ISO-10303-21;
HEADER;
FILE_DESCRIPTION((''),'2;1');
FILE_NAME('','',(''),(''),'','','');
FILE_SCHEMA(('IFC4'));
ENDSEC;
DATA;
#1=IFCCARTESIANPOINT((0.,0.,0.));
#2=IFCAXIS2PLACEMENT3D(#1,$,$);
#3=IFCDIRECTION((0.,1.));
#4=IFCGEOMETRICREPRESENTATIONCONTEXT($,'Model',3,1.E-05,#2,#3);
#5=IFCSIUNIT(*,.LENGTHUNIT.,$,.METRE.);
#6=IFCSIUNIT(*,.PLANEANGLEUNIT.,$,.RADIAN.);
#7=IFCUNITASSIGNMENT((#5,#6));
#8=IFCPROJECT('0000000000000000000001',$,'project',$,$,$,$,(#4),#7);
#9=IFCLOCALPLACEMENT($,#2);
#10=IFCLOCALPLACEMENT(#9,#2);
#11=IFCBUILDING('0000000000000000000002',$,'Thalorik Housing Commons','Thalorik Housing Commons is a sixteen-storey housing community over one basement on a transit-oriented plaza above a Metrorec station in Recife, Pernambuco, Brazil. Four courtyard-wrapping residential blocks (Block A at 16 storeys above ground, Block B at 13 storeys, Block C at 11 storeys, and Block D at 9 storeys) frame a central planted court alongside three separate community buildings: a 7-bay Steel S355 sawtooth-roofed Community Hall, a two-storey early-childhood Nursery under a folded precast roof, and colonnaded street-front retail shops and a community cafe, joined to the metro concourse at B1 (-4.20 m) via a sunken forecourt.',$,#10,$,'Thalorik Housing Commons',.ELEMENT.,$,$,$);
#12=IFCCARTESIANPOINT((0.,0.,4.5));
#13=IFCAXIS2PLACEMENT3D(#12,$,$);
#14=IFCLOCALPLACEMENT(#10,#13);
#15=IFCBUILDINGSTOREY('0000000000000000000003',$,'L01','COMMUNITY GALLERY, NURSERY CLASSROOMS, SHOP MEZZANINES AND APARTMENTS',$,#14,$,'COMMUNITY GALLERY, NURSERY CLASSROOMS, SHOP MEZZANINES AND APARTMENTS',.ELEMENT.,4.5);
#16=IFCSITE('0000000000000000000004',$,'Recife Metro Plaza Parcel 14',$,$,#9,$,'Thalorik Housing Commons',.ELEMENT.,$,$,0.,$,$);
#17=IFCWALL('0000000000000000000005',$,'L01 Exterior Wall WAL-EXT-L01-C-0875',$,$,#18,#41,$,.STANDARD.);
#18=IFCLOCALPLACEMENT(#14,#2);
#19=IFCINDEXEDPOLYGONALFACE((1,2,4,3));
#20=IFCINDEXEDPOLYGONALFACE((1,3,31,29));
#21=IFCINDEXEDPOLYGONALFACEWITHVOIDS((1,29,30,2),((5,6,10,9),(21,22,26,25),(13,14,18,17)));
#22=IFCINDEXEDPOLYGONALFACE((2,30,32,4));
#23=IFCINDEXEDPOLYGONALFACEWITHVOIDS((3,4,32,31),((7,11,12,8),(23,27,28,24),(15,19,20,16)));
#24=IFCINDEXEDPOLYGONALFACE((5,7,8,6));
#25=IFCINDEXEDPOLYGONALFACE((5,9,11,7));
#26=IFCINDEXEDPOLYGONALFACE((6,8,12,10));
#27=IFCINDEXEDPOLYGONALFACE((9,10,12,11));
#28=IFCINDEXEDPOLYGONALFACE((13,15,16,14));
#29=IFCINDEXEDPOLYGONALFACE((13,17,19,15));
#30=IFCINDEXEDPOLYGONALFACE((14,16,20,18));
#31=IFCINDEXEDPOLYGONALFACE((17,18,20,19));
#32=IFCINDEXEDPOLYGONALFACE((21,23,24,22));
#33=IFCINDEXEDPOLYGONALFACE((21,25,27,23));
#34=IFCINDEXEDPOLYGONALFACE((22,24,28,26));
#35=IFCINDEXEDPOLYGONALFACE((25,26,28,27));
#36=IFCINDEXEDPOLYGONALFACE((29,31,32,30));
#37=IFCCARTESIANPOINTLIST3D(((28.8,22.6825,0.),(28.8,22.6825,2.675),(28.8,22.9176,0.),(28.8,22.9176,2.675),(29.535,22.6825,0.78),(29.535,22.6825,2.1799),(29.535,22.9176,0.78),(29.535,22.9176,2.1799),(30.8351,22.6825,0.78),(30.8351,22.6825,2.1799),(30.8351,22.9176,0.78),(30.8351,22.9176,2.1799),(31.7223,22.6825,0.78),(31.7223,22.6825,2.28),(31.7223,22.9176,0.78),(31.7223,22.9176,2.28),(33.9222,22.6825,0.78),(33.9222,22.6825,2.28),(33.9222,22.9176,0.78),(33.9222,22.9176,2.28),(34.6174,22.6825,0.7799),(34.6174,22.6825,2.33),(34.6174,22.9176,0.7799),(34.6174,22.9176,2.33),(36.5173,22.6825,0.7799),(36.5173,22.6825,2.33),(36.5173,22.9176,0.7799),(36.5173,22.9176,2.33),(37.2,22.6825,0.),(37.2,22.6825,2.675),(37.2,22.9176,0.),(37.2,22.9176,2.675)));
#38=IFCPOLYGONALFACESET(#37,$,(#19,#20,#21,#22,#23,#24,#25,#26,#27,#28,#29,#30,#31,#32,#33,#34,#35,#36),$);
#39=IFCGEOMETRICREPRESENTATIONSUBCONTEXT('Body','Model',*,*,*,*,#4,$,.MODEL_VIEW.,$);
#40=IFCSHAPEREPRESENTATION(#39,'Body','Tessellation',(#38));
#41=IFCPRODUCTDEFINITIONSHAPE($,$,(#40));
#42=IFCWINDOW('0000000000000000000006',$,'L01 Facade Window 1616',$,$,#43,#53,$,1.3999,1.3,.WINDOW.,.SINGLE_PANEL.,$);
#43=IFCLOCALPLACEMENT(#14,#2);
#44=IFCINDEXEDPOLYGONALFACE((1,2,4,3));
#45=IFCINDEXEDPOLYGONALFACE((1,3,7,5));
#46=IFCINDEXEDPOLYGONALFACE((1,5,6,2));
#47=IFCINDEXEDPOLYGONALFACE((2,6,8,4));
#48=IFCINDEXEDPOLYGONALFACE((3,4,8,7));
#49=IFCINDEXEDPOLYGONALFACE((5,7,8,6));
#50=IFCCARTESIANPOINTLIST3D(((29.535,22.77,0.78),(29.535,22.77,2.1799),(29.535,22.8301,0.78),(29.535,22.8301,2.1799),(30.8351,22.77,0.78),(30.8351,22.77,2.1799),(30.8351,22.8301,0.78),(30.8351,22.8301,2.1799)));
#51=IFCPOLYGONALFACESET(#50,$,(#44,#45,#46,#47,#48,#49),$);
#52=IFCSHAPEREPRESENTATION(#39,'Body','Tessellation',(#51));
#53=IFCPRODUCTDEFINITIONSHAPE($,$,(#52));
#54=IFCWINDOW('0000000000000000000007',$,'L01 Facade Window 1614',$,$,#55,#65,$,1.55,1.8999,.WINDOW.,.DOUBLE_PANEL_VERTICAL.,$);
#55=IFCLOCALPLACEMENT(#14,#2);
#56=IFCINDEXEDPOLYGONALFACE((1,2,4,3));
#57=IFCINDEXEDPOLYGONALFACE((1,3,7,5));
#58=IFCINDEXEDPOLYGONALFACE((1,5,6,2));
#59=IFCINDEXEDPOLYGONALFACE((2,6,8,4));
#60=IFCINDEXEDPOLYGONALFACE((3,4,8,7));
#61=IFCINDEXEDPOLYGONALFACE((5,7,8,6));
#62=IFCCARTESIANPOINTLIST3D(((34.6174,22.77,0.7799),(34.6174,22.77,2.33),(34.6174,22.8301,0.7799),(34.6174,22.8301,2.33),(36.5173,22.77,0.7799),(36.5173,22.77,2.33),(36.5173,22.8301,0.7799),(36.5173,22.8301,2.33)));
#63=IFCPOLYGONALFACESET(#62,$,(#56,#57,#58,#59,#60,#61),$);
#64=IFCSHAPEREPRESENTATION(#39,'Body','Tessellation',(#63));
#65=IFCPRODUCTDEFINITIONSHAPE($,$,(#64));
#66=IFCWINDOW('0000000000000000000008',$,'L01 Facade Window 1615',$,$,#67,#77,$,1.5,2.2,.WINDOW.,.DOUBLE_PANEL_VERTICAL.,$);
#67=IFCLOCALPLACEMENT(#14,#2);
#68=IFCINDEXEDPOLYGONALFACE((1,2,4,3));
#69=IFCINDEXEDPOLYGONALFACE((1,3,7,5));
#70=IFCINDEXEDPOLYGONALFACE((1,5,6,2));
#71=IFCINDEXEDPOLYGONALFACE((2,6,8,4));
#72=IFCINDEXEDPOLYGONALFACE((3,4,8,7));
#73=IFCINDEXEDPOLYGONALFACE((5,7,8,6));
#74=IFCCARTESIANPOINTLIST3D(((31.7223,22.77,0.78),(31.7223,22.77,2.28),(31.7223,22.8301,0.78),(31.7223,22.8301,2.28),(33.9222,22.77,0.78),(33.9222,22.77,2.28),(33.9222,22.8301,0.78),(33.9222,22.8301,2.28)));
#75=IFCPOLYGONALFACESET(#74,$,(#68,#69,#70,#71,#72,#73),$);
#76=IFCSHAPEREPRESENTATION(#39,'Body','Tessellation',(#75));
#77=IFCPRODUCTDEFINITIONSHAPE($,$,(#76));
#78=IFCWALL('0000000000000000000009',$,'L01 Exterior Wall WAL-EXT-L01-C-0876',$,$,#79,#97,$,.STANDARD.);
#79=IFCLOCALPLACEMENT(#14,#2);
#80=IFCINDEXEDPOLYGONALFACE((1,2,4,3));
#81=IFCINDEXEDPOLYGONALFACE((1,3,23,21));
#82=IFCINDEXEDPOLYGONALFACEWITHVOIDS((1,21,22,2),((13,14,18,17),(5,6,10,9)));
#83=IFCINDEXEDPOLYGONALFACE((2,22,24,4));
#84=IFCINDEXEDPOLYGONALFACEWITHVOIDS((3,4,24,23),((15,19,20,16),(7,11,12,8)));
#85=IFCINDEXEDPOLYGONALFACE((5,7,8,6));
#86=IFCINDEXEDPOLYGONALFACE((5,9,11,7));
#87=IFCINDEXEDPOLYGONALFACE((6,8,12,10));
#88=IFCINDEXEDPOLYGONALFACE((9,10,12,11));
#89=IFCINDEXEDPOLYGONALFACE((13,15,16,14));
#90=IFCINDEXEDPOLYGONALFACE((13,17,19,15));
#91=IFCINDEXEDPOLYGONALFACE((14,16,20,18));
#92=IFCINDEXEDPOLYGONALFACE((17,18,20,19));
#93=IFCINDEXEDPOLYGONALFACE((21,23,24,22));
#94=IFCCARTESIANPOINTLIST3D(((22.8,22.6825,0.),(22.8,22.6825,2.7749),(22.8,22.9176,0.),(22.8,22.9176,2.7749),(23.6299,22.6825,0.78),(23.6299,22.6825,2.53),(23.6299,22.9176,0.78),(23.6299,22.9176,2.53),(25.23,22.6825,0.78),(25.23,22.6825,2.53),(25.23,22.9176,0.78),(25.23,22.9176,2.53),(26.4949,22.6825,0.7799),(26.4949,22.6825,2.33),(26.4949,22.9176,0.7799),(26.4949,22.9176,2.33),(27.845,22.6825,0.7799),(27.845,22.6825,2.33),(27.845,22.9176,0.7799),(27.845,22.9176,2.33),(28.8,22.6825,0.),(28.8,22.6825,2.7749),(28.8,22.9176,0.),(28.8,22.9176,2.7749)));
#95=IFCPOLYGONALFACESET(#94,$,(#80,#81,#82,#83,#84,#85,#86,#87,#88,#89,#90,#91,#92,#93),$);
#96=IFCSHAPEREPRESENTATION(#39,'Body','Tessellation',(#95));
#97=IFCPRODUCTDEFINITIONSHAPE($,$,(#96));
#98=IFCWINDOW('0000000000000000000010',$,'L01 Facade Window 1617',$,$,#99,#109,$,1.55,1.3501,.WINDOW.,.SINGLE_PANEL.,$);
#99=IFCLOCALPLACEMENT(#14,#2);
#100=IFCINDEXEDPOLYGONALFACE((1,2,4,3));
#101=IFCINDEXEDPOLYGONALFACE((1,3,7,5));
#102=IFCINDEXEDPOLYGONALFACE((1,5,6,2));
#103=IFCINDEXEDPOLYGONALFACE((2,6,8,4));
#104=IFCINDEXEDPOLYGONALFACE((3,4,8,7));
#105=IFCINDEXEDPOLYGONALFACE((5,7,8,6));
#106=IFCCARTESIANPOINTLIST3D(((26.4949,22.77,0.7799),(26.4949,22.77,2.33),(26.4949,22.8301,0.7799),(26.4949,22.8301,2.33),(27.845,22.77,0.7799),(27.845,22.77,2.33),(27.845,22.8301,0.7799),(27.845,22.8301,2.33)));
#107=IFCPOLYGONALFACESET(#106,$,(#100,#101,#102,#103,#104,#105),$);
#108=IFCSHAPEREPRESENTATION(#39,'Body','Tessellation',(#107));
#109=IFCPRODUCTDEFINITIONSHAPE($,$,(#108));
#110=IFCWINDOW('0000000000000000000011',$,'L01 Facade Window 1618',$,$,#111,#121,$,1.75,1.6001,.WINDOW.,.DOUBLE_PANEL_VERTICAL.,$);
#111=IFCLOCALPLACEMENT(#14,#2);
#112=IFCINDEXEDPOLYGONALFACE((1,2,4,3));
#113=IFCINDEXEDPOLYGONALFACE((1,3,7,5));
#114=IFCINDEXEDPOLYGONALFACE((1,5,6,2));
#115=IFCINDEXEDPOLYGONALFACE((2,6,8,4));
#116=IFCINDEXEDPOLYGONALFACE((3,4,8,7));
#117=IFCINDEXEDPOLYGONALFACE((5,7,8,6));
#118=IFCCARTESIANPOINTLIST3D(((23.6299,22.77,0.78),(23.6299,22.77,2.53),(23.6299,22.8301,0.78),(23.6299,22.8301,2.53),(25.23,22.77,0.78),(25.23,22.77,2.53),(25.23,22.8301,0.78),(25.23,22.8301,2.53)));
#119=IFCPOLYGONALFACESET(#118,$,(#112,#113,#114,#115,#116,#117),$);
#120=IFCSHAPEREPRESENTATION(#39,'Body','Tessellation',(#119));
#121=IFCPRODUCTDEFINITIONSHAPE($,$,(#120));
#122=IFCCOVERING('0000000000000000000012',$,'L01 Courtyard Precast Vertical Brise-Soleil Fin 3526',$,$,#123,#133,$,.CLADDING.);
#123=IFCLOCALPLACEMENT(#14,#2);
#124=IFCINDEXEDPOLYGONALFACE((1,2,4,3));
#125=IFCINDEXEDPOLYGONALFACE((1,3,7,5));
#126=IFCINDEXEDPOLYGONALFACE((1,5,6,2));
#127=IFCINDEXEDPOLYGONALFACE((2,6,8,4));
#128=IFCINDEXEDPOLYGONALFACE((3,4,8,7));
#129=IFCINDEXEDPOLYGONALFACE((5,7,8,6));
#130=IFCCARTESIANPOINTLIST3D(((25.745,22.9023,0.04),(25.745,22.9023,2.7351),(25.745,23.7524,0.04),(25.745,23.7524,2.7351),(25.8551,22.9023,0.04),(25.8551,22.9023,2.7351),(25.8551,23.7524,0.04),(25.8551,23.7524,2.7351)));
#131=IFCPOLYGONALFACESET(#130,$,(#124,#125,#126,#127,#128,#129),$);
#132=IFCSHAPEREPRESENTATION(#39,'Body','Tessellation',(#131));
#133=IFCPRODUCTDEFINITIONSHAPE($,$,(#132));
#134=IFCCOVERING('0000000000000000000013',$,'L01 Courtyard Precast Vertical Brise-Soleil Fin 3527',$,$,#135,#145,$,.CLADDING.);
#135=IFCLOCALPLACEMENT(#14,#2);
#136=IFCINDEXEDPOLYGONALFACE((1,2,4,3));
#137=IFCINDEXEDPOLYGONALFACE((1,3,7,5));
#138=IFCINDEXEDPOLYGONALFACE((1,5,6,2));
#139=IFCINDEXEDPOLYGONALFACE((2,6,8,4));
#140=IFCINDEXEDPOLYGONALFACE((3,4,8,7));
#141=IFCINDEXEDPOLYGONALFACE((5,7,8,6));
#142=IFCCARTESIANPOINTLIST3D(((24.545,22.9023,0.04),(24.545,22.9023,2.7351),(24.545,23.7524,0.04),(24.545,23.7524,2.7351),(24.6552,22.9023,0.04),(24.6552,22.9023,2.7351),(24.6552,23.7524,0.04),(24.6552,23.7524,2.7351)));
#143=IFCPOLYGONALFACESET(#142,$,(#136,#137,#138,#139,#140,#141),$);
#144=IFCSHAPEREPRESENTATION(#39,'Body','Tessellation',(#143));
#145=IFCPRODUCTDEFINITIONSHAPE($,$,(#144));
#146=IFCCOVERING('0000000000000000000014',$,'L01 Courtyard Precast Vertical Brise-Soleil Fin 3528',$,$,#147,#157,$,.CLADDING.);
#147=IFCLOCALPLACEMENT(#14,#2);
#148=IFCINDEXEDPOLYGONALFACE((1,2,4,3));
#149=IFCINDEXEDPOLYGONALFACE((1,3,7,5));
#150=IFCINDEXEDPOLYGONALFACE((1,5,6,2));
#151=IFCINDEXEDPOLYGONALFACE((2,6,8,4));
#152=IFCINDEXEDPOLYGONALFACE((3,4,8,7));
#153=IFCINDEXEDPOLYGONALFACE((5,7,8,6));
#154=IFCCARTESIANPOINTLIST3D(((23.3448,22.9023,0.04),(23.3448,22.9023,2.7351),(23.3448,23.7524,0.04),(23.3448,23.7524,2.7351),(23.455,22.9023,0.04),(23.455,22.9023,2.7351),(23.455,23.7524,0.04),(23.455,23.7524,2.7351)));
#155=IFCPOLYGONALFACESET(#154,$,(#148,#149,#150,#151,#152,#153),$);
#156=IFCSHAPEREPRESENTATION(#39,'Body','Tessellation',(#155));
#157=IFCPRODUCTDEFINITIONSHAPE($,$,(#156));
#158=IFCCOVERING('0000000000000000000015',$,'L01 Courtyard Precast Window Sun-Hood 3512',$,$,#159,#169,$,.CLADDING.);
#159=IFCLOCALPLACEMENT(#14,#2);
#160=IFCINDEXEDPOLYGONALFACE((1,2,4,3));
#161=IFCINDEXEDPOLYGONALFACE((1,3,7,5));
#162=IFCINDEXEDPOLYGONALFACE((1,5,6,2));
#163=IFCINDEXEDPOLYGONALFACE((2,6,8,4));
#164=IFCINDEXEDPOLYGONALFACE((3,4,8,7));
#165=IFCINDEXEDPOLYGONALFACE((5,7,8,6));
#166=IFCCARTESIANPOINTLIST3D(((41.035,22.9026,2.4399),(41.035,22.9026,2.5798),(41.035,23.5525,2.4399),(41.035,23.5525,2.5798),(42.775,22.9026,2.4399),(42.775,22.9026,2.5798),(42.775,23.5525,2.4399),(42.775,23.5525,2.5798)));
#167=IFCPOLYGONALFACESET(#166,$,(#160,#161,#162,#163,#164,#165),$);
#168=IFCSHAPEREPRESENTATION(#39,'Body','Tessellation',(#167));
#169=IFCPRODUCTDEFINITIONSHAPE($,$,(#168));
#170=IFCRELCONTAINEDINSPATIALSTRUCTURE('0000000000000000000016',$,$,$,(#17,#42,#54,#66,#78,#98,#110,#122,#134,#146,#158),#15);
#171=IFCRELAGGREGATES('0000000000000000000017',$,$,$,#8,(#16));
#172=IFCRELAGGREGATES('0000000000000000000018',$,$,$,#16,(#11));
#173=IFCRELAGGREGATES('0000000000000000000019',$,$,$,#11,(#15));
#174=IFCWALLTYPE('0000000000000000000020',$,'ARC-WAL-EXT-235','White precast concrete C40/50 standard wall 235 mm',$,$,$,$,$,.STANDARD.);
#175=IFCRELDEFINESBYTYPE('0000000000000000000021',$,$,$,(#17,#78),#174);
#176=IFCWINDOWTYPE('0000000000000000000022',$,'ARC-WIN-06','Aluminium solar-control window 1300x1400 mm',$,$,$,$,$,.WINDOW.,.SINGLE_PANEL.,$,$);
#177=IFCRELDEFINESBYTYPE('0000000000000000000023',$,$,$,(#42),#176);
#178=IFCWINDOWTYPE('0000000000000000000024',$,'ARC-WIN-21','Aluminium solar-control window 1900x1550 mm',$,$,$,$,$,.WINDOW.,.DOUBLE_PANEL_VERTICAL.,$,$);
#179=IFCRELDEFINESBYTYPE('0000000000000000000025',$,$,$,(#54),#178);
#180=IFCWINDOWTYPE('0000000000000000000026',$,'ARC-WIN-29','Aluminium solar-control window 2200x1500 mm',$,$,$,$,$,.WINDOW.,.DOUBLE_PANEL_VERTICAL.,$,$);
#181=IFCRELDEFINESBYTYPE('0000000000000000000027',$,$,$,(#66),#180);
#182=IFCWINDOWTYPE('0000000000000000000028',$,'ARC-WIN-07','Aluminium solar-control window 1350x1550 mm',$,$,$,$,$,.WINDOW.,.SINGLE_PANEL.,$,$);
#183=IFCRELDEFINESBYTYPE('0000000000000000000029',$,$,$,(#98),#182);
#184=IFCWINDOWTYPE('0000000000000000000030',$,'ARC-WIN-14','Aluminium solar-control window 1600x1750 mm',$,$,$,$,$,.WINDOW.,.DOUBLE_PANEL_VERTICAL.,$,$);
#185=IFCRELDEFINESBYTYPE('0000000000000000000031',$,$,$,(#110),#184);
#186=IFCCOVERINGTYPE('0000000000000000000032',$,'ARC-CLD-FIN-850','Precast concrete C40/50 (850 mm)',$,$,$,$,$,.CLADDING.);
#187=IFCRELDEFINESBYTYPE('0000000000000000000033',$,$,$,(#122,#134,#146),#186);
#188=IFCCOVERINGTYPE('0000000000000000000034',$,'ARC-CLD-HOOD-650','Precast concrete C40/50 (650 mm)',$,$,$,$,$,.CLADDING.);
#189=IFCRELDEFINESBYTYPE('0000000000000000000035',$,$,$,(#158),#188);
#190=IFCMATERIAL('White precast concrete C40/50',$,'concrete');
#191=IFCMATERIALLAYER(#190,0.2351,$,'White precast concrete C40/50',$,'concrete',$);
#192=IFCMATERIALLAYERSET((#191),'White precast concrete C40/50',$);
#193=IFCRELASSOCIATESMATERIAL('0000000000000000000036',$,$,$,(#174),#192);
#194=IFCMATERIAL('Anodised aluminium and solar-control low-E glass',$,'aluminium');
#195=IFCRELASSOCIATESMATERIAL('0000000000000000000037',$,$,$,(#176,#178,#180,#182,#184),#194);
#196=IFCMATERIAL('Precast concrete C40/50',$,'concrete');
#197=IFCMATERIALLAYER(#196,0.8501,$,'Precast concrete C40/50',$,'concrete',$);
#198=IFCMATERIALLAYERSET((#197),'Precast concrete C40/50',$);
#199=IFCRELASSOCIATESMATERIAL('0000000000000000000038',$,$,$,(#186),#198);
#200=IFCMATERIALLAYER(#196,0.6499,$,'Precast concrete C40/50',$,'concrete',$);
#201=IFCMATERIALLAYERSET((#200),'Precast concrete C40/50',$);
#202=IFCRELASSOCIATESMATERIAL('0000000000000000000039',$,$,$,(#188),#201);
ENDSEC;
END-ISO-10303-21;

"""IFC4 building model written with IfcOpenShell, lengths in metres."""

from ifc_helpers import new_model, si_unit, direction, frame, frame_2d, origin, origin_2d, place, context, subcontext, project, spatial, rectangle, extrude, material, layer, layer_set, type_object, element, fill, save


model = new_model("IFC4")

# Units and contexts
model_context = context("Model", 3, precision=1e-05, world=origin(), true_north=direction((0.0, 1.0)))
body_context = subcontext(model_context, "Body", "Model", "MODEL_VIEW")
ifc_project = project(units=[si_unit("LENGTHUNIT", "METRE"), si_unit("PLANEANGLEUNIT", "RADIAN")], contexts=[model_context])

# Site, building, storey
site_placement = place(None, origin())
site = spatial("IfcSite", under=ifc_project, at=site_placement, Name="Recife Metro Plaza Parcel 14", LongName="Thalorik Housing Commons", CompositionType="ELEMENT", RefElevation=0.0)
building_placement = place(site_placement, origin())
building = spatial("IfcBuilding", under=site, at=building_placement, Name="Thalorik Housing Commons", Description="Thalorik Housing Commons is a sixteen-storey housing community over one basement on a transit-oriented plaza above a Metrorec station in Recife, Pernambuco, Brazil. Four courtyard-wrapping residential blocks (Block A at 16 storeys above ground, Block B at 13 storeys, Block C at 11 storeys, and Block D at 9 storeys) frame a central planted court alongside three separate community buildings: a 7-bay Steel S355 sawtooth-roofed Community Hall, a two-storey early-childhood Nursery under a folded precast roof, and colonnaded street-front retail shops and a community cafe, joined to the metro concourse at B1 (-4.20 m) via a sunken forecourt.", LongName="Thalorik Housing Commons", CompositionType="ELEMENT")
storey_placement = place(building_placement, frame((0.0, 0.0, 4.5)))
storey = spatial("IfcBuildingStorey", under=building, at=storey_placement, Name="L01", Description="COMMUNITY GALLERY, NURSERY CLASSROOMS, SHOP MEZZANINES AND APARTMENTS", LongName="COMMUNITY GALLERY, NURSERY CLASSROOMS, SHOP MEZZANINES AND APARTMENTS", CompositionType="ELEMENT", Elevation=4.5)

# Shared definitions
ifc_material_1 = material(Name="Precast concrete C40/50", Category="concrete")

# Walls, openings, windows
ifc_material_2 = material(Name="White precast concrete C40/50", Category="concrete")
ifc_layer_1 = layer(ifc_material_2, 0.2351, Name="White precast concrete C40/50", Category="concrete")
ifc_layer_set_1 = layer_set([ifc_layer_1], Name="White precast concrete C40/50")
wall_type = type_object("IfcWallType", Name="ARC-WAL-EXT-235", Description="White precast concrete C40/50 standard wall 235 mm", PredefinedType="STANDARD", material=ifc_layer_set_1)
ifc_material_3 = material(Name="Anodised aluminium and solar-control low-E glass", Category="aluminium")
wall_1_placement = place(storey_placement, frame((37.2, 22.8, 0.0), z_axis=(0.0, 0.0, 1.0), x_axis=(-1.0, 0.0, 0.0)))
wall_1 = element("IfcWall", 1, at=wall_1_placement, inside=storey, type_object=wall_type, Name="L01 Exterior Wall WAL-EXT-L01-C-0875", PredefinedType="STANDARD", context=body_context, shape_type="SweptSolid", body=[
    extrude(rectangle(XDim=8.3999, YDim=0.2351, at=frame_2d((4.2, 0.0))), origin(), (0.0, 0.0, 1.0), 2.675),
])
opening_1_placement = place(wall_1_placement, frame((0.6826, 0.0, 0.78)))
opening_1 = element("IfcOpeningElement", 2, at=opening_1_placement, cuts=wall_1, PredefinedType="OPENING", context=body_context, shape_type="SweptSolid", body=[
    extrude(rectangle(XDim=1.8999, YDim=1.55, at=frame_2d((0.95, 0.7749))), frame((0.0, 0.1274, 0.0), z_axis=(0.0, -1.0, 0.0), x_axis=(1.0, 0.0, 0.0)), (0.0, 0.0, 1.0), 0.2551),
])
opening_2_placement = place(wall_1_placement, frame((3.2776, 0.0, 0.78)))
opening_2 = element("IfcOpeningElement", 3, at=opening_2_placement, cuts=wall_1, PredefinedType="OPENING", context=body_context, shape_type="SweptSolid", body=[
    extrude(rectangle(XDim=2.2, YDim=1.5, at=frame_2d((1.1001, 0.75))), frame((0.0, 0.1274, 0.0), z_axis=(0.0, -1.0, 0.0), x_axis=(1.0, 0.0, 0.0)), (0.0, 0.0, 1.0), 0.2551),
])
opening_3_placement = place(wall_1_placement, frame((6.365, 0.0, 0.78)))
opening_3 = element("IfcOpeningElement", 4, at=opening_3_placement, cuts=wall_1, PredefinedType="OPENING", context=body_context, shape_type="SweptSolid", body=[
    extrude(rectangle(XDim=1.3, YDim=1.3999, at=frame_2d((0.6499, 0.7))), frame((0.0, 0.1274, 0.0), z_axis=(0.0, -1.0, 0.0), x_axis=(1.0, 0.0, 0.0)), (0.0, 0.0, 1.0), 0.2551),
])
window_type_1 = type_object("IfcWindowType", Name="ARC-WIN-06", Description="Aluminium solar-control window 1300x1400 mm", PartitioningType="SINGLE_PANEL", PredefinedType="WINDOW", material=ifc_material_3)
window_1_placement = place(opening_3_placement, origin())
window_1 = element("IfcWindow", 5, at=window_1_placement, inside=storey, type_object=window_type_1, Name="L01 Facade Window 1616", OverallHeight=1.3999, OverallWidth=1.3, PartitioningType="SINGLE_PANEL", PredefinedType="WINDOW", context=body_context, shape_type="SweptSolid", body=[
    extrude(rectangle(XDim=1.3, YDim=1.3999, at=frame_2d((0.6499, 0.7))), frame((0.0, 0.03, 0.0), z_axis=(0.0, -1.0, 0.0), x_axis=(1.0, 0.0, 0.0)), (0.0, 0.0, 1.0), 0.0601),
])
fill(opening_3, window_1)
window_type_2 = type_object("IfcWindowType", Name="ARC-WIN-21", Description="Aluminium solar-control window 1900x1550 mm", PartitioningType="DOUBLE_PANEL_VERTICAL", PredefinedType="WINDOW", material=ifc_material_3)
window_2_placement = place(opening_1_placement, origin())
window_2 = element("IfcWindow", 6, at=window_2_placement, inside=storey, type_object=window_type_2, Name="L01 Facade Window 1614", OverallHeight=1.55, OverallWidth=1.8999, PartitioningType="DOUBLE_PANEL_VERTICAL", PredefinedType="WINDOW", context=body_context, shape_type="SweptSolid", body=[
    extrude(rectangle(XDim=1.8999, YDim=1.55, at=frame_2d((0.95, 0.7749))), frame((0.0, 0.03, 0.0), z_axis=(0.0, -1.0, 0.0), x_axis=(1.0, 0.0, 0.0)), (0.0, 0.0, 1.0), 0.0601),
])
fill(opening_1, window_2)
window_type_3 = type_object("IfcWindowType", Name="ARC-WIN-29", Description="Aluminium solar-control window 2200x1500 mm", PartitioningType="DOUBLE_PANEL_VERTICAL", PredefinedType="WINDOW", material=ifc_material_3)
window_3_placement = place(opening_2_placement, origin())
window_3 = element("IfcWindow", 7, at=window_3_placement, inside=storey, type_object=window_type_3, Name="L01 Facade Window 1615", OverallHeight=1.5, OverallWidth=2.2, PartitioningType="DOUBLE_PANEL_VERTICAL", PredefinedType="WINDOW", context=body_context, shape_type="SweptSolid", body=[
    extrude(rectangle(XDim=2.2, YDim=1.5, at=frame_2d((1.1001, 0.75))), frame((0.0, 0.03, 0.0), z_axis=(0.0, -1.0, 0.0), x_axis=(1.0, 0.0, 0.0)), (0.0, 0.0, 1.0), 0.0601),
])
fill(opening_2, window_3)
wall_2_placement = place(storey_placement, frame((28.8, 22.8, 0.0), z_axis=(0.0, 0.0, 1.0), x_axis=(-1.0, 0.0, 0.0)))
wall_2 = element("IfcWall", 8, at=wall_2_placement, inside=storey, type_object=wall_type, Name="L01 Exterior Wall WAL-EXT-L01-C-0876", PredefinedType="STANDARD", context=body_context, shape_type="SweptSolid", body=[
    extrude(rectangle(XDim=6.0, YDim=0.2351, at=frame_2d((3.0, 0.0))), origin(), (0.0, 0.0, 1.0), 2.7749),
])
opening_4_placement = place(wall_2_placement, frame((0.9551, 0.0, 0.78)))
opening_4 = element("IfcOpeningElement", 9, at=opening_4_placement, cuts=wall_2, PredefinedType="OPENING", context=body_context, shape_type="SweptSolid", body=[
    extrude(rectangle(XDim=1.3501, YDim=1.55, at=frame_2d((0.675, 0.7749))), frame((0.0, 0.1274, 0.0), z_axis=(0.0, -1.0, 0.0), x_axis=(1.0, 0.0, 0.0)), (0.0, 0.0, 1.0), 0.2551),
])
opening_5_placement = place(wall_2_placement, frame((3.5701, 0.0, 0.78)))
opening_5 = element("IfcOpeningElement", 10, at=opening_5_placement, cuts=wall_2, PredefinedType="OPENING", context=body_context, shape_type="SweptSolid", body=[
    extrude(rectangle(XDim=1.6001, YDim=1.75, at=frame_2d((0.8, 0.875))), frame((0.0, 0.1274, 0.0), z_axis=(0.0, -1.0, 0.0), x_axis=(1.0, 0.0, 0.0)), (0.0, 0.0, 1.0), 0.2551),
])
window_type_4 = type_object("IfcWindowType", Name="ARC-WIN-07", Description="Aluminium solar-control window 1350x1550 mm", PartitioningType="SINGLE_PANEL", PredefinedType="WINDOW", material=ifc_material_3)
window_4_placement = place(opening_4_placement, origin())
window_4 = element("IfcWindow", 11, at=window_4_placement, inside=storey, type_object=window_type_4, Name="L01 Facade Window 1617", OverallHeight=1.55, OverallWidth=1.3501, PartitioningType="SINGLE_PANEL", PredefinedType="WINDOW", context=body_context, shape_type="SweptSolid", body=[
    extrude(rectangle(XDim=1.3501, YDim=1.55, at=frame_2d((0.675, 0.7749))), frame((0.0, 0.03, 0.0), z_axis=(0.0, -1.0, 0.0), x_axis=(1.0, 0.0, 0.0)), (0.0, 0.0, 1.0), 0.0601),
])
fill(opening_4, window_4)
window_type_5 = type_object("IfcWindowType", Name="ARC-WIN-14", Description="Aluminium solar-control window 1600x1750 mm", PartitioningType="DOUBLE_PANEL_VERTICAL", PredefinedType="WINDOW", material=ifc_material_3)
window_5_placement = place(opening_5_placement, origin())
window_5 = element("IfcWindow", 12, at=window_5_placement, inside=storey, type_object=window_type_5, Name="L01 Facade Window 1618", OverallHeight=1.75, OverallWidth=1.6001, PartitioningType="DOUBLE_PANEL_VERTICAL", PredefinedType="WINDOW", context=body_context, shape_type="SweptSolid", body=[
    extrude(rectangle(XDim=1.6001, YDim=1.75, at=frame_2d((0.8, 0.875))), frame((0.0, 0.03, 0.0), z_axis=(0.0, -1.0, 0.0), x_axis=(1.0, 0.0, 0.0)), (0.0, 0.0, 1.0), 0.0601),
])
fill(opening_5, window_5)

# Coverings
ifc_layer_2 = layer(ifc_material_1, 0.8501, Name="Precast concrete C40/50", Category="concrete")
ifc_layer_set_2 = layer_set([ifc_layer_2], Name="Precast concrete C40/50")
covering_type_1 = type_object("IfcCoveringType", Name="ARC-CLD-FIN-850", Description="Precast concrete C40/50 (850 mm)", PredefinedType="CLADDING", material=ifc_layer_set_2)
for number, where, z_axis, x_axis, name in (
    (13, (25.8, 23.3274, 0.04), (0.0, 0.0, 1.0), (-1.0, 0.0, 0.0), "L01 Courtyard Precast Vertical Brise-Soleil Fin 3526"),
    (14, (24.6001, 23.3274, 0.04), (0.0, 0.0, 1.0), (-1.0, 0.0, 0.0), "L01 Courtyard Precast Vertical Brise-Soleil Fin 3527"),
    (15, (23.3999, 23.3274, 0.04), (0.0, 0.0, 1.0), (-1.0, 0.0, 0.0), "L01 Courtyard Precast Vertical Brise-Soleil Fin 3528"),
):
    element("IfcCovering", number, at=place(storey_placement, frame(where, z_axis=z_axis, x_axis=x_axis)), inside=storey, type_object=covering_type_1, Name=name, PredefinedType="CLADDING", context=body_context, shape_type="SweptSolid", body=[
        extrude(rectangle(XDim=0.1101, YDim=0.8501, at=origin_2d()), origin(), (0.0, 0.0, 1.0), 2.6951),
    ])
ifc_layer_3 = layer(ifc_material_1, 0.6499, Name="Precast concrete C40/50", Category="concrete")
ifc_layer_set_3 = layer_set([ifc_layer_3], Name="Precast concrete C40/50")
covering_type_2 = type_object("IfcCoveringType", Name="ARC-CLD-HOOD-650", Description="Precast concrete C40/50 (650 mm)", PredefinedType="CLADDING", material=ifc_layer_set_3)
covering_1_placement = place(storey_placement, frame((41.905, 23.2275, 2.4399), z_axis=(0.0, 0.0, 1.0), x_axis=(-1.0, 0.0, 0.0)))
element("IfcCovering", 16, at=covering_1_placement, inside=storey, type_object=covering_type_2, Name="L01 Courtyard Precast Window Sun-Hood 3512", PredefinedType="CLADDING", context=body_context, shape_type="SweptSolid", body=[
    extrude(rectangle(XDim=1.74, YDim=0.6499, at=origin_2d()), origin(), (0.0, 0.0, 1.0), 0.1399),
])

save(model, "model.ifc")
